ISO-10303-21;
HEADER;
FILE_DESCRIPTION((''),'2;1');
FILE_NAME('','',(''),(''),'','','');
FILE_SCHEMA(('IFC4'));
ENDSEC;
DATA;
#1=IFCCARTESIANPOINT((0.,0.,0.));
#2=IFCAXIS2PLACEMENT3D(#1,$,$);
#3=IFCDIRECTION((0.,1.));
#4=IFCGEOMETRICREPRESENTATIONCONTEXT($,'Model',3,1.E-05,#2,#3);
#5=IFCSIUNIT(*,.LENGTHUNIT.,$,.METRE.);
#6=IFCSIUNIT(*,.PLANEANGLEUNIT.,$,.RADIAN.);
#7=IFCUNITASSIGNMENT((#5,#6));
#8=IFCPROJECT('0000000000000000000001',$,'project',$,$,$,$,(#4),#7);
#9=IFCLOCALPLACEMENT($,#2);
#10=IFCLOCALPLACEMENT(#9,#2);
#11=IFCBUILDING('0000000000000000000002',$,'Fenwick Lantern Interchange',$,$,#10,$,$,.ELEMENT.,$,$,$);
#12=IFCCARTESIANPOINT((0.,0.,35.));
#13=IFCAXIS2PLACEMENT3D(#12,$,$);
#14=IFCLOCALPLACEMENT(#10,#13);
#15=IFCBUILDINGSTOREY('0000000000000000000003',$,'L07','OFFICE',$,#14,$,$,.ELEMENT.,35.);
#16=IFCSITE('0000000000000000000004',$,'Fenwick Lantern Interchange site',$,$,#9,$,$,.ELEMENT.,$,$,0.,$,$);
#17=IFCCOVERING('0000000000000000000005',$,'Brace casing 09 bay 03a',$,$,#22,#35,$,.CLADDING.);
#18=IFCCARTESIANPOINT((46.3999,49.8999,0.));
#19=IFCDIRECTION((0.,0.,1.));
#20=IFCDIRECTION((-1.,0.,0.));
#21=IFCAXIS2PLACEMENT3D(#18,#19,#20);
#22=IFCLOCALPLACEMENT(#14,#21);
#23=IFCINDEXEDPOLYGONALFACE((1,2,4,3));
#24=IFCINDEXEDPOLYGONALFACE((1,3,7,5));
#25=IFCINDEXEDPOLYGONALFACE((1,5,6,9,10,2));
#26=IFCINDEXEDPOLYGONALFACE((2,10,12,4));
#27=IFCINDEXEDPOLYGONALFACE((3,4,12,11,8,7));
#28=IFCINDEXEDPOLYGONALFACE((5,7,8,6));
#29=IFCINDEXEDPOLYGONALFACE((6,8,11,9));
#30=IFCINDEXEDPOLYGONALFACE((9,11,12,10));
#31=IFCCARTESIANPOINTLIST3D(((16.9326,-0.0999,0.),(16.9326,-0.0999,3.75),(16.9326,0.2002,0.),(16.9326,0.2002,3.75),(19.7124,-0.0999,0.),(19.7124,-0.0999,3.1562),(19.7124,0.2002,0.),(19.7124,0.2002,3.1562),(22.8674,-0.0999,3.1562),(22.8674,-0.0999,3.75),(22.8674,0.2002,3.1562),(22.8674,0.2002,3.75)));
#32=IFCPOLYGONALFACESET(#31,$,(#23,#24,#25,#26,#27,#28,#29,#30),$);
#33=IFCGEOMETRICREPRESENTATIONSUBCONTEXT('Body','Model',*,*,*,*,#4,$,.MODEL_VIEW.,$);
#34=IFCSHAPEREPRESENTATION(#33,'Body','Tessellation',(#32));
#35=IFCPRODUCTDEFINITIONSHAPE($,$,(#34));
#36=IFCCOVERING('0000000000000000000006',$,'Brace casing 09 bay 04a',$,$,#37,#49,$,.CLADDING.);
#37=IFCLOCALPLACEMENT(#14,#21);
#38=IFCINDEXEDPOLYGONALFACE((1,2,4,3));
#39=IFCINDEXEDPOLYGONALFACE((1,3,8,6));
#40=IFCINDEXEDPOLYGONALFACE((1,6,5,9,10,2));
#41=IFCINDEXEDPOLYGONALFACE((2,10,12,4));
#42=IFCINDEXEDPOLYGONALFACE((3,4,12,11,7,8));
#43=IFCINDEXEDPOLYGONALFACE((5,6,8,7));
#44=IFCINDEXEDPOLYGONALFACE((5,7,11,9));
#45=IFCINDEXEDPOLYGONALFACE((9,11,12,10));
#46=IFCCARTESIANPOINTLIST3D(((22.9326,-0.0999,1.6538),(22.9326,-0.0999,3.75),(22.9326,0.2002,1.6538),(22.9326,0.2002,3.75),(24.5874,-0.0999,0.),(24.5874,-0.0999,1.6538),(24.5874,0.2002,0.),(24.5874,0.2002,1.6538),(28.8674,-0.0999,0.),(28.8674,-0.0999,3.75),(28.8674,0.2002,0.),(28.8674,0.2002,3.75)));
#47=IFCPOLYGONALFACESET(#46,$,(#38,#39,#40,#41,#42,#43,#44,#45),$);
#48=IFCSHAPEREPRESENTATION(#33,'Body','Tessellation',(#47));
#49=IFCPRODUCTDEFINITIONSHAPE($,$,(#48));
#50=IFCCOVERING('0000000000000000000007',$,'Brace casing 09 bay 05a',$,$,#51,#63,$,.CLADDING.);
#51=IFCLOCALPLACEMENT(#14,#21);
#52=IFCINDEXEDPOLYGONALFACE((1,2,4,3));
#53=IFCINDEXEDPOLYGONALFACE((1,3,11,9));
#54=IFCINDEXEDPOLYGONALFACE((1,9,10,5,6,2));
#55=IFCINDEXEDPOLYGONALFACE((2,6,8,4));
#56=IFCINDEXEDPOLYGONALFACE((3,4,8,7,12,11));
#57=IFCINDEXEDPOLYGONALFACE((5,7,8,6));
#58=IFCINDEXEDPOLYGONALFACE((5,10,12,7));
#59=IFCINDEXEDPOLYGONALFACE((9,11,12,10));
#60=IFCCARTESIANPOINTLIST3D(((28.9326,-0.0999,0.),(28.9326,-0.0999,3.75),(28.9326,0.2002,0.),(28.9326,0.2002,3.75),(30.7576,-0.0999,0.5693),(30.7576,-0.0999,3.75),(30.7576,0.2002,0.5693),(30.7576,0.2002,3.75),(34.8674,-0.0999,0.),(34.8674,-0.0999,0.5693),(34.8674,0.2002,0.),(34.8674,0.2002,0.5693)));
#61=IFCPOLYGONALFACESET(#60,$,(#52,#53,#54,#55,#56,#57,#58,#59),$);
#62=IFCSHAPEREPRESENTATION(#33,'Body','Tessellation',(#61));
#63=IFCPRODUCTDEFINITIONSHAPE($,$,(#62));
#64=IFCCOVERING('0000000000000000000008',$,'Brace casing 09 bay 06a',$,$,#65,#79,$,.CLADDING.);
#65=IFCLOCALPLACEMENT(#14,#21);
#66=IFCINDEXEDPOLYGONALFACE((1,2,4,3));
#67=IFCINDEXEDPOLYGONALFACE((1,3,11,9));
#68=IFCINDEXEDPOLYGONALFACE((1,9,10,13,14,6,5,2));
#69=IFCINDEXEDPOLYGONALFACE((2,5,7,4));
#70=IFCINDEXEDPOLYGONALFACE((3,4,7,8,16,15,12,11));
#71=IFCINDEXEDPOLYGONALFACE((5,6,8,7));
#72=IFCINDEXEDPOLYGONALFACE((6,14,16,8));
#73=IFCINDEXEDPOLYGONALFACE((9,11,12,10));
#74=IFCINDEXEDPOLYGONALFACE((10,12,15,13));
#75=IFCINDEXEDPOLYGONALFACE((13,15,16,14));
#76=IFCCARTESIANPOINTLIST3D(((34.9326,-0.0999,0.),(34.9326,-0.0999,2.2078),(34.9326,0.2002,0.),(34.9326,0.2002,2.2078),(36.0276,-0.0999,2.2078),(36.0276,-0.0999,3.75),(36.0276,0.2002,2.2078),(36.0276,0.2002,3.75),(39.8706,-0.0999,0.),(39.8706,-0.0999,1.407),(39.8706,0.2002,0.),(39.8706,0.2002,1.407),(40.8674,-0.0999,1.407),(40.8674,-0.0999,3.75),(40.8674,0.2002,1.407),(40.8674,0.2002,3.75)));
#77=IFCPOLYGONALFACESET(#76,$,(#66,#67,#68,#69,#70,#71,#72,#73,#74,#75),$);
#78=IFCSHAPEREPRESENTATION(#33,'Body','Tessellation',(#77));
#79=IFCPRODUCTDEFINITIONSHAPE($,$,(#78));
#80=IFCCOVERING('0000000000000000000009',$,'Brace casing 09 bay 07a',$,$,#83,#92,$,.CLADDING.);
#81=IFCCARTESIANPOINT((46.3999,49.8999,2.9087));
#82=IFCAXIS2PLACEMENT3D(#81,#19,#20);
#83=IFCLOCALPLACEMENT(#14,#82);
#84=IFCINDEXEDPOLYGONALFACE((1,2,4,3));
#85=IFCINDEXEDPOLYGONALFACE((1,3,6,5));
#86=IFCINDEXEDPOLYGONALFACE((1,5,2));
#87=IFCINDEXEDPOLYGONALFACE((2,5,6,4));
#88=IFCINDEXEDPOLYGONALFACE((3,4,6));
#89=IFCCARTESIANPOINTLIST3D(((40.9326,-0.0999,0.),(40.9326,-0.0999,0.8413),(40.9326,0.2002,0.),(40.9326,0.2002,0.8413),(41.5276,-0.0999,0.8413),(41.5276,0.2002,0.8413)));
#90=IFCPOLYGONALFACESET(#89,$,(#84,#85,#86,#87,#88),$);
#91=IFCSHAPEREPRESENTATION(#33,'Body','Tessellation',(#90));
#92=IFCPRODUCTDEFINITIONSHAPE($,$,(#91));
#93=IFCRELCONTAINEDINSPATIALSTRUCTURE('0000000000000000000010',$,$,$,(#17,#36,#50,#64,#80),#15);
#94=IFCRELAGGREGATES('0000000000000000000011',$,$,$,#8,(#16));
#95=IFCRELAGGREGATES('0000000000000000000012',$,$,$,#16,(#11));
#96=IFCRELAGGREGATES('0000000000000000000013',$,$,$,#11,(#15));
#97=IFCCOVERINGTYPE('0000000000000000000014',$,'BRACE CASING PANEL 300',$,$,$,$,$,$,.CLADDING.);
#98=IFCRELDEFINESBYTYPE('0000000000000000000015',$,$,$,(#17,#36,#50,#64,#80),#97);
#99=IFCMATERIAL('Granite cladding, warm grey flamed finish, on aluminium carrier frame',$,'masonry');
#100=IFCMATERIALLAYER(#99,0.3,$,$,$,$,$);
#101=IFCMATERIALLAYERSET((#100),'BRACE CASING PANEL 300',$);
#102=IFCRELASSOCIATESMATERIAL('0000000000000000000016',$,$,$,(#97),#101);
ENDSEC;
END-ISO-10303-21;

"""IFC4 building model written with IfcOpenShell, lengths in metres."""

from ifc_helpers import new_model, si_unit, direction, frame, origin, place, context, subcontext, project, spatial, polyline, outline, extrude, material, layer, layer_set, type_object, element, save


model = new_model("IFC4")

# Units and contexts
model_context = context("Model", 3, precision=1e-05, world=origin(), true_north=direction((0.0, 1.0)))
body_context = subcontext(model_context, "Body", "Model", "MODEL_VIEW")
ifc_project = project(units=[si_unit("LENGTHUNIT", "METRE"), si_unit("PLANEANGLEUNIT", "RADIAN")], contexts=[model_context])

# Site, building, storey
site_placement = place(None, origin())
site = spatial("IfcSite", under=ifc_project, at=site_placement, Name="Fenwick Lantern Interchange site", CompositionType="ELEMENT", RefElevation=0.0)
building_placement = place(site_placement, origin())
building = spatial("IfcBuilding", under=site, at=building_placement, Name="Fenwick Lantern Interchange", CompositionType="ELEMENT")
storey_placement = place(building_placement, frame((0.0, 0.0, 35.0)))
storey = spatial("IfcBuildingStorey", under=building, at=storey_placement, Name="L07", Description="OFFICE", CompositionType="ELEMENT", Elevation=35.0)

# Coverings
ifc_material_1 = material(Name="Granite cladding, warm grey flamed finish, on aluminium carrier frame", Category="masonry")
ifc_layer_1 = layer(ifc_material_1, 0.3)
ifc_layer_set_1 = layer_set([ifc_layer_1], Name="BRACE CASING PANEL 300")
covering_type = type_object("IfcCoveringType", Name="BRACE CASING PANEL 300", PredefinedType="CLADDING", material=ifc_layer_set_1)
covering_1_placement = place(storey_placement, frame((46.3999, 49.8999, 0.0), z_axis=(0.0, 0.0, 1.0), x_axis=(-1.0, 0.0, 0.0)))
element("IfcCovering", 1, at=covering_1_placement, inside=storey, type_object=covering_type, Name="Brace casing 09 bay 03a", PredefinedType="CLADDING", context=body_context, shape_type="SweptSolid", body=[
    extrude(outline(polyline([(16.9326, 0.0), (19.7124, 0.0), (19.7124, 3.1562), (22.8674, 3.1562), (22.8674, 3.75), (16.9326, 3.75), (16.9326, 0.0)])), frame((0.0, 0.2002, 0.0), z_axis=(0.0, -1.0, 0.0), x_axis=(1.0, 0.0, 0.0)), (0.0, 0.0, 1.0), 0.3),
])
covering_2_placement = place(storey_placement, frame((46.3999, 49.8999, 0.0), z_axis=(0.0, 0.0, 1.0), x_axis=(-1.0, 0.0, 0.0)))
element("IfcCovering", 2, at=covering_2_placement, inside=storey, type_object=covering_type, Name="Brace casing 09 bay 04a", PredefinedType="CLADDING", context=body_context, shape_type="SweptSolid", body=[
    extrude(outline(polyline([(24.5874, 0.0), (28.8674, 0.0), (28.8674, 3.75), (22.9326, 3.75), (22.9326, 1.6538), (24.5874, 1.6538), (24.5874, 0.0)])), frame((0.0, 0.2002, 0.0), z_axis=(0.0, -1.0, 0.0), x_axis=(1.0, 0.0, 0.0)), (0.0, 0.0, 1.0), 0.3),
])
covering_3_placement = place(storey_placement, frame((46.3999, 49.8999, 0.0), z_axis=(0.0, 0.0, 1.0), x_axis=(-1.0, 0.0, 0.0)))
element("IfcCovering", 3, at=covering_3_placement, inside=storey, type_object=covering_type, Name="Brace casing 09 bay 05a", PredefinedType="CLADDING", context=body_context, shape_type="SweptSolid", body=[
    extrude(outline(polyline([(28.9326, 0.0), (34.8674, 0.0), (34.8674, 0.5693), (30.7576, 0.5693), (30.7576, 3.75), (28.9326, 3.75), (28.9326, 0.0)])), frame((0.0, 0.2002, 0.0), z_axis=(0.0, -1.0, 0.0), x_axis=(1.0, 0.0, 0.0)), (0.0, 0.0, 1.0), 0.3),
])
covering_4_placement = place(storey_placement, frame((46.3999, 49.8999, 0.0), z_axis=(0.0, 0.0, 1.0), x_axis=(-1.0, 0.0, 0.0)))
element("IfcCovering", 4, at=covering_4_placement, inside=storey, type_object=covering_type, Name="Brace casing 09 bay 06a", PredefinedType="CLADDING", context=body_context, shape_type="SweptSolid", body=[
    extrude(outline(polyline([(34.9326, 0.0), (39.8706, 0.0), (39.8706, 1.407), (40.8674, 1.407), (40.8674, 3.75), (36.0276, 3.75), (36.0276, 2.2078), (34.9326, 2.2078), (34.9326, 0.0)])), frame((0.0, 0.2002, 0.0), z_axis=(0.0, -1.0, 0.0), x_axis=(1.0, 0.0, 0.0)), (0.0, 0.0, 1.0), 0.3),
])
covering_5_placement = place(storey_placement, frame((46.3999, 49.8999, 2.9087), z_axis=(0.0, 0.0, 1.0), x_axis=(-1.0, 0.0, 0.0)))
element("IfcCovering", 5, at=covering_5_placement, inside=storey, type_object=covering_type, Name="Brace casing 09 bay 07a", PredefinedType="CLADDING", context=body_context, shape_type="SweptSolid", body=[
    extrude(outline(polyline([(40.9326, 0.0), (41.5276, 0.8413), (40.9326, 0.8413), (40.9326, 0.0)])), frame((0.0, 0.2002, 0.0), z_axis=(0.0, -1.0, 0.0), x_axis=(1.0, 0.0, 0.0)), (0.0, 0.0, 1.0), 0.3),
])

save(model, "model.ifc")
